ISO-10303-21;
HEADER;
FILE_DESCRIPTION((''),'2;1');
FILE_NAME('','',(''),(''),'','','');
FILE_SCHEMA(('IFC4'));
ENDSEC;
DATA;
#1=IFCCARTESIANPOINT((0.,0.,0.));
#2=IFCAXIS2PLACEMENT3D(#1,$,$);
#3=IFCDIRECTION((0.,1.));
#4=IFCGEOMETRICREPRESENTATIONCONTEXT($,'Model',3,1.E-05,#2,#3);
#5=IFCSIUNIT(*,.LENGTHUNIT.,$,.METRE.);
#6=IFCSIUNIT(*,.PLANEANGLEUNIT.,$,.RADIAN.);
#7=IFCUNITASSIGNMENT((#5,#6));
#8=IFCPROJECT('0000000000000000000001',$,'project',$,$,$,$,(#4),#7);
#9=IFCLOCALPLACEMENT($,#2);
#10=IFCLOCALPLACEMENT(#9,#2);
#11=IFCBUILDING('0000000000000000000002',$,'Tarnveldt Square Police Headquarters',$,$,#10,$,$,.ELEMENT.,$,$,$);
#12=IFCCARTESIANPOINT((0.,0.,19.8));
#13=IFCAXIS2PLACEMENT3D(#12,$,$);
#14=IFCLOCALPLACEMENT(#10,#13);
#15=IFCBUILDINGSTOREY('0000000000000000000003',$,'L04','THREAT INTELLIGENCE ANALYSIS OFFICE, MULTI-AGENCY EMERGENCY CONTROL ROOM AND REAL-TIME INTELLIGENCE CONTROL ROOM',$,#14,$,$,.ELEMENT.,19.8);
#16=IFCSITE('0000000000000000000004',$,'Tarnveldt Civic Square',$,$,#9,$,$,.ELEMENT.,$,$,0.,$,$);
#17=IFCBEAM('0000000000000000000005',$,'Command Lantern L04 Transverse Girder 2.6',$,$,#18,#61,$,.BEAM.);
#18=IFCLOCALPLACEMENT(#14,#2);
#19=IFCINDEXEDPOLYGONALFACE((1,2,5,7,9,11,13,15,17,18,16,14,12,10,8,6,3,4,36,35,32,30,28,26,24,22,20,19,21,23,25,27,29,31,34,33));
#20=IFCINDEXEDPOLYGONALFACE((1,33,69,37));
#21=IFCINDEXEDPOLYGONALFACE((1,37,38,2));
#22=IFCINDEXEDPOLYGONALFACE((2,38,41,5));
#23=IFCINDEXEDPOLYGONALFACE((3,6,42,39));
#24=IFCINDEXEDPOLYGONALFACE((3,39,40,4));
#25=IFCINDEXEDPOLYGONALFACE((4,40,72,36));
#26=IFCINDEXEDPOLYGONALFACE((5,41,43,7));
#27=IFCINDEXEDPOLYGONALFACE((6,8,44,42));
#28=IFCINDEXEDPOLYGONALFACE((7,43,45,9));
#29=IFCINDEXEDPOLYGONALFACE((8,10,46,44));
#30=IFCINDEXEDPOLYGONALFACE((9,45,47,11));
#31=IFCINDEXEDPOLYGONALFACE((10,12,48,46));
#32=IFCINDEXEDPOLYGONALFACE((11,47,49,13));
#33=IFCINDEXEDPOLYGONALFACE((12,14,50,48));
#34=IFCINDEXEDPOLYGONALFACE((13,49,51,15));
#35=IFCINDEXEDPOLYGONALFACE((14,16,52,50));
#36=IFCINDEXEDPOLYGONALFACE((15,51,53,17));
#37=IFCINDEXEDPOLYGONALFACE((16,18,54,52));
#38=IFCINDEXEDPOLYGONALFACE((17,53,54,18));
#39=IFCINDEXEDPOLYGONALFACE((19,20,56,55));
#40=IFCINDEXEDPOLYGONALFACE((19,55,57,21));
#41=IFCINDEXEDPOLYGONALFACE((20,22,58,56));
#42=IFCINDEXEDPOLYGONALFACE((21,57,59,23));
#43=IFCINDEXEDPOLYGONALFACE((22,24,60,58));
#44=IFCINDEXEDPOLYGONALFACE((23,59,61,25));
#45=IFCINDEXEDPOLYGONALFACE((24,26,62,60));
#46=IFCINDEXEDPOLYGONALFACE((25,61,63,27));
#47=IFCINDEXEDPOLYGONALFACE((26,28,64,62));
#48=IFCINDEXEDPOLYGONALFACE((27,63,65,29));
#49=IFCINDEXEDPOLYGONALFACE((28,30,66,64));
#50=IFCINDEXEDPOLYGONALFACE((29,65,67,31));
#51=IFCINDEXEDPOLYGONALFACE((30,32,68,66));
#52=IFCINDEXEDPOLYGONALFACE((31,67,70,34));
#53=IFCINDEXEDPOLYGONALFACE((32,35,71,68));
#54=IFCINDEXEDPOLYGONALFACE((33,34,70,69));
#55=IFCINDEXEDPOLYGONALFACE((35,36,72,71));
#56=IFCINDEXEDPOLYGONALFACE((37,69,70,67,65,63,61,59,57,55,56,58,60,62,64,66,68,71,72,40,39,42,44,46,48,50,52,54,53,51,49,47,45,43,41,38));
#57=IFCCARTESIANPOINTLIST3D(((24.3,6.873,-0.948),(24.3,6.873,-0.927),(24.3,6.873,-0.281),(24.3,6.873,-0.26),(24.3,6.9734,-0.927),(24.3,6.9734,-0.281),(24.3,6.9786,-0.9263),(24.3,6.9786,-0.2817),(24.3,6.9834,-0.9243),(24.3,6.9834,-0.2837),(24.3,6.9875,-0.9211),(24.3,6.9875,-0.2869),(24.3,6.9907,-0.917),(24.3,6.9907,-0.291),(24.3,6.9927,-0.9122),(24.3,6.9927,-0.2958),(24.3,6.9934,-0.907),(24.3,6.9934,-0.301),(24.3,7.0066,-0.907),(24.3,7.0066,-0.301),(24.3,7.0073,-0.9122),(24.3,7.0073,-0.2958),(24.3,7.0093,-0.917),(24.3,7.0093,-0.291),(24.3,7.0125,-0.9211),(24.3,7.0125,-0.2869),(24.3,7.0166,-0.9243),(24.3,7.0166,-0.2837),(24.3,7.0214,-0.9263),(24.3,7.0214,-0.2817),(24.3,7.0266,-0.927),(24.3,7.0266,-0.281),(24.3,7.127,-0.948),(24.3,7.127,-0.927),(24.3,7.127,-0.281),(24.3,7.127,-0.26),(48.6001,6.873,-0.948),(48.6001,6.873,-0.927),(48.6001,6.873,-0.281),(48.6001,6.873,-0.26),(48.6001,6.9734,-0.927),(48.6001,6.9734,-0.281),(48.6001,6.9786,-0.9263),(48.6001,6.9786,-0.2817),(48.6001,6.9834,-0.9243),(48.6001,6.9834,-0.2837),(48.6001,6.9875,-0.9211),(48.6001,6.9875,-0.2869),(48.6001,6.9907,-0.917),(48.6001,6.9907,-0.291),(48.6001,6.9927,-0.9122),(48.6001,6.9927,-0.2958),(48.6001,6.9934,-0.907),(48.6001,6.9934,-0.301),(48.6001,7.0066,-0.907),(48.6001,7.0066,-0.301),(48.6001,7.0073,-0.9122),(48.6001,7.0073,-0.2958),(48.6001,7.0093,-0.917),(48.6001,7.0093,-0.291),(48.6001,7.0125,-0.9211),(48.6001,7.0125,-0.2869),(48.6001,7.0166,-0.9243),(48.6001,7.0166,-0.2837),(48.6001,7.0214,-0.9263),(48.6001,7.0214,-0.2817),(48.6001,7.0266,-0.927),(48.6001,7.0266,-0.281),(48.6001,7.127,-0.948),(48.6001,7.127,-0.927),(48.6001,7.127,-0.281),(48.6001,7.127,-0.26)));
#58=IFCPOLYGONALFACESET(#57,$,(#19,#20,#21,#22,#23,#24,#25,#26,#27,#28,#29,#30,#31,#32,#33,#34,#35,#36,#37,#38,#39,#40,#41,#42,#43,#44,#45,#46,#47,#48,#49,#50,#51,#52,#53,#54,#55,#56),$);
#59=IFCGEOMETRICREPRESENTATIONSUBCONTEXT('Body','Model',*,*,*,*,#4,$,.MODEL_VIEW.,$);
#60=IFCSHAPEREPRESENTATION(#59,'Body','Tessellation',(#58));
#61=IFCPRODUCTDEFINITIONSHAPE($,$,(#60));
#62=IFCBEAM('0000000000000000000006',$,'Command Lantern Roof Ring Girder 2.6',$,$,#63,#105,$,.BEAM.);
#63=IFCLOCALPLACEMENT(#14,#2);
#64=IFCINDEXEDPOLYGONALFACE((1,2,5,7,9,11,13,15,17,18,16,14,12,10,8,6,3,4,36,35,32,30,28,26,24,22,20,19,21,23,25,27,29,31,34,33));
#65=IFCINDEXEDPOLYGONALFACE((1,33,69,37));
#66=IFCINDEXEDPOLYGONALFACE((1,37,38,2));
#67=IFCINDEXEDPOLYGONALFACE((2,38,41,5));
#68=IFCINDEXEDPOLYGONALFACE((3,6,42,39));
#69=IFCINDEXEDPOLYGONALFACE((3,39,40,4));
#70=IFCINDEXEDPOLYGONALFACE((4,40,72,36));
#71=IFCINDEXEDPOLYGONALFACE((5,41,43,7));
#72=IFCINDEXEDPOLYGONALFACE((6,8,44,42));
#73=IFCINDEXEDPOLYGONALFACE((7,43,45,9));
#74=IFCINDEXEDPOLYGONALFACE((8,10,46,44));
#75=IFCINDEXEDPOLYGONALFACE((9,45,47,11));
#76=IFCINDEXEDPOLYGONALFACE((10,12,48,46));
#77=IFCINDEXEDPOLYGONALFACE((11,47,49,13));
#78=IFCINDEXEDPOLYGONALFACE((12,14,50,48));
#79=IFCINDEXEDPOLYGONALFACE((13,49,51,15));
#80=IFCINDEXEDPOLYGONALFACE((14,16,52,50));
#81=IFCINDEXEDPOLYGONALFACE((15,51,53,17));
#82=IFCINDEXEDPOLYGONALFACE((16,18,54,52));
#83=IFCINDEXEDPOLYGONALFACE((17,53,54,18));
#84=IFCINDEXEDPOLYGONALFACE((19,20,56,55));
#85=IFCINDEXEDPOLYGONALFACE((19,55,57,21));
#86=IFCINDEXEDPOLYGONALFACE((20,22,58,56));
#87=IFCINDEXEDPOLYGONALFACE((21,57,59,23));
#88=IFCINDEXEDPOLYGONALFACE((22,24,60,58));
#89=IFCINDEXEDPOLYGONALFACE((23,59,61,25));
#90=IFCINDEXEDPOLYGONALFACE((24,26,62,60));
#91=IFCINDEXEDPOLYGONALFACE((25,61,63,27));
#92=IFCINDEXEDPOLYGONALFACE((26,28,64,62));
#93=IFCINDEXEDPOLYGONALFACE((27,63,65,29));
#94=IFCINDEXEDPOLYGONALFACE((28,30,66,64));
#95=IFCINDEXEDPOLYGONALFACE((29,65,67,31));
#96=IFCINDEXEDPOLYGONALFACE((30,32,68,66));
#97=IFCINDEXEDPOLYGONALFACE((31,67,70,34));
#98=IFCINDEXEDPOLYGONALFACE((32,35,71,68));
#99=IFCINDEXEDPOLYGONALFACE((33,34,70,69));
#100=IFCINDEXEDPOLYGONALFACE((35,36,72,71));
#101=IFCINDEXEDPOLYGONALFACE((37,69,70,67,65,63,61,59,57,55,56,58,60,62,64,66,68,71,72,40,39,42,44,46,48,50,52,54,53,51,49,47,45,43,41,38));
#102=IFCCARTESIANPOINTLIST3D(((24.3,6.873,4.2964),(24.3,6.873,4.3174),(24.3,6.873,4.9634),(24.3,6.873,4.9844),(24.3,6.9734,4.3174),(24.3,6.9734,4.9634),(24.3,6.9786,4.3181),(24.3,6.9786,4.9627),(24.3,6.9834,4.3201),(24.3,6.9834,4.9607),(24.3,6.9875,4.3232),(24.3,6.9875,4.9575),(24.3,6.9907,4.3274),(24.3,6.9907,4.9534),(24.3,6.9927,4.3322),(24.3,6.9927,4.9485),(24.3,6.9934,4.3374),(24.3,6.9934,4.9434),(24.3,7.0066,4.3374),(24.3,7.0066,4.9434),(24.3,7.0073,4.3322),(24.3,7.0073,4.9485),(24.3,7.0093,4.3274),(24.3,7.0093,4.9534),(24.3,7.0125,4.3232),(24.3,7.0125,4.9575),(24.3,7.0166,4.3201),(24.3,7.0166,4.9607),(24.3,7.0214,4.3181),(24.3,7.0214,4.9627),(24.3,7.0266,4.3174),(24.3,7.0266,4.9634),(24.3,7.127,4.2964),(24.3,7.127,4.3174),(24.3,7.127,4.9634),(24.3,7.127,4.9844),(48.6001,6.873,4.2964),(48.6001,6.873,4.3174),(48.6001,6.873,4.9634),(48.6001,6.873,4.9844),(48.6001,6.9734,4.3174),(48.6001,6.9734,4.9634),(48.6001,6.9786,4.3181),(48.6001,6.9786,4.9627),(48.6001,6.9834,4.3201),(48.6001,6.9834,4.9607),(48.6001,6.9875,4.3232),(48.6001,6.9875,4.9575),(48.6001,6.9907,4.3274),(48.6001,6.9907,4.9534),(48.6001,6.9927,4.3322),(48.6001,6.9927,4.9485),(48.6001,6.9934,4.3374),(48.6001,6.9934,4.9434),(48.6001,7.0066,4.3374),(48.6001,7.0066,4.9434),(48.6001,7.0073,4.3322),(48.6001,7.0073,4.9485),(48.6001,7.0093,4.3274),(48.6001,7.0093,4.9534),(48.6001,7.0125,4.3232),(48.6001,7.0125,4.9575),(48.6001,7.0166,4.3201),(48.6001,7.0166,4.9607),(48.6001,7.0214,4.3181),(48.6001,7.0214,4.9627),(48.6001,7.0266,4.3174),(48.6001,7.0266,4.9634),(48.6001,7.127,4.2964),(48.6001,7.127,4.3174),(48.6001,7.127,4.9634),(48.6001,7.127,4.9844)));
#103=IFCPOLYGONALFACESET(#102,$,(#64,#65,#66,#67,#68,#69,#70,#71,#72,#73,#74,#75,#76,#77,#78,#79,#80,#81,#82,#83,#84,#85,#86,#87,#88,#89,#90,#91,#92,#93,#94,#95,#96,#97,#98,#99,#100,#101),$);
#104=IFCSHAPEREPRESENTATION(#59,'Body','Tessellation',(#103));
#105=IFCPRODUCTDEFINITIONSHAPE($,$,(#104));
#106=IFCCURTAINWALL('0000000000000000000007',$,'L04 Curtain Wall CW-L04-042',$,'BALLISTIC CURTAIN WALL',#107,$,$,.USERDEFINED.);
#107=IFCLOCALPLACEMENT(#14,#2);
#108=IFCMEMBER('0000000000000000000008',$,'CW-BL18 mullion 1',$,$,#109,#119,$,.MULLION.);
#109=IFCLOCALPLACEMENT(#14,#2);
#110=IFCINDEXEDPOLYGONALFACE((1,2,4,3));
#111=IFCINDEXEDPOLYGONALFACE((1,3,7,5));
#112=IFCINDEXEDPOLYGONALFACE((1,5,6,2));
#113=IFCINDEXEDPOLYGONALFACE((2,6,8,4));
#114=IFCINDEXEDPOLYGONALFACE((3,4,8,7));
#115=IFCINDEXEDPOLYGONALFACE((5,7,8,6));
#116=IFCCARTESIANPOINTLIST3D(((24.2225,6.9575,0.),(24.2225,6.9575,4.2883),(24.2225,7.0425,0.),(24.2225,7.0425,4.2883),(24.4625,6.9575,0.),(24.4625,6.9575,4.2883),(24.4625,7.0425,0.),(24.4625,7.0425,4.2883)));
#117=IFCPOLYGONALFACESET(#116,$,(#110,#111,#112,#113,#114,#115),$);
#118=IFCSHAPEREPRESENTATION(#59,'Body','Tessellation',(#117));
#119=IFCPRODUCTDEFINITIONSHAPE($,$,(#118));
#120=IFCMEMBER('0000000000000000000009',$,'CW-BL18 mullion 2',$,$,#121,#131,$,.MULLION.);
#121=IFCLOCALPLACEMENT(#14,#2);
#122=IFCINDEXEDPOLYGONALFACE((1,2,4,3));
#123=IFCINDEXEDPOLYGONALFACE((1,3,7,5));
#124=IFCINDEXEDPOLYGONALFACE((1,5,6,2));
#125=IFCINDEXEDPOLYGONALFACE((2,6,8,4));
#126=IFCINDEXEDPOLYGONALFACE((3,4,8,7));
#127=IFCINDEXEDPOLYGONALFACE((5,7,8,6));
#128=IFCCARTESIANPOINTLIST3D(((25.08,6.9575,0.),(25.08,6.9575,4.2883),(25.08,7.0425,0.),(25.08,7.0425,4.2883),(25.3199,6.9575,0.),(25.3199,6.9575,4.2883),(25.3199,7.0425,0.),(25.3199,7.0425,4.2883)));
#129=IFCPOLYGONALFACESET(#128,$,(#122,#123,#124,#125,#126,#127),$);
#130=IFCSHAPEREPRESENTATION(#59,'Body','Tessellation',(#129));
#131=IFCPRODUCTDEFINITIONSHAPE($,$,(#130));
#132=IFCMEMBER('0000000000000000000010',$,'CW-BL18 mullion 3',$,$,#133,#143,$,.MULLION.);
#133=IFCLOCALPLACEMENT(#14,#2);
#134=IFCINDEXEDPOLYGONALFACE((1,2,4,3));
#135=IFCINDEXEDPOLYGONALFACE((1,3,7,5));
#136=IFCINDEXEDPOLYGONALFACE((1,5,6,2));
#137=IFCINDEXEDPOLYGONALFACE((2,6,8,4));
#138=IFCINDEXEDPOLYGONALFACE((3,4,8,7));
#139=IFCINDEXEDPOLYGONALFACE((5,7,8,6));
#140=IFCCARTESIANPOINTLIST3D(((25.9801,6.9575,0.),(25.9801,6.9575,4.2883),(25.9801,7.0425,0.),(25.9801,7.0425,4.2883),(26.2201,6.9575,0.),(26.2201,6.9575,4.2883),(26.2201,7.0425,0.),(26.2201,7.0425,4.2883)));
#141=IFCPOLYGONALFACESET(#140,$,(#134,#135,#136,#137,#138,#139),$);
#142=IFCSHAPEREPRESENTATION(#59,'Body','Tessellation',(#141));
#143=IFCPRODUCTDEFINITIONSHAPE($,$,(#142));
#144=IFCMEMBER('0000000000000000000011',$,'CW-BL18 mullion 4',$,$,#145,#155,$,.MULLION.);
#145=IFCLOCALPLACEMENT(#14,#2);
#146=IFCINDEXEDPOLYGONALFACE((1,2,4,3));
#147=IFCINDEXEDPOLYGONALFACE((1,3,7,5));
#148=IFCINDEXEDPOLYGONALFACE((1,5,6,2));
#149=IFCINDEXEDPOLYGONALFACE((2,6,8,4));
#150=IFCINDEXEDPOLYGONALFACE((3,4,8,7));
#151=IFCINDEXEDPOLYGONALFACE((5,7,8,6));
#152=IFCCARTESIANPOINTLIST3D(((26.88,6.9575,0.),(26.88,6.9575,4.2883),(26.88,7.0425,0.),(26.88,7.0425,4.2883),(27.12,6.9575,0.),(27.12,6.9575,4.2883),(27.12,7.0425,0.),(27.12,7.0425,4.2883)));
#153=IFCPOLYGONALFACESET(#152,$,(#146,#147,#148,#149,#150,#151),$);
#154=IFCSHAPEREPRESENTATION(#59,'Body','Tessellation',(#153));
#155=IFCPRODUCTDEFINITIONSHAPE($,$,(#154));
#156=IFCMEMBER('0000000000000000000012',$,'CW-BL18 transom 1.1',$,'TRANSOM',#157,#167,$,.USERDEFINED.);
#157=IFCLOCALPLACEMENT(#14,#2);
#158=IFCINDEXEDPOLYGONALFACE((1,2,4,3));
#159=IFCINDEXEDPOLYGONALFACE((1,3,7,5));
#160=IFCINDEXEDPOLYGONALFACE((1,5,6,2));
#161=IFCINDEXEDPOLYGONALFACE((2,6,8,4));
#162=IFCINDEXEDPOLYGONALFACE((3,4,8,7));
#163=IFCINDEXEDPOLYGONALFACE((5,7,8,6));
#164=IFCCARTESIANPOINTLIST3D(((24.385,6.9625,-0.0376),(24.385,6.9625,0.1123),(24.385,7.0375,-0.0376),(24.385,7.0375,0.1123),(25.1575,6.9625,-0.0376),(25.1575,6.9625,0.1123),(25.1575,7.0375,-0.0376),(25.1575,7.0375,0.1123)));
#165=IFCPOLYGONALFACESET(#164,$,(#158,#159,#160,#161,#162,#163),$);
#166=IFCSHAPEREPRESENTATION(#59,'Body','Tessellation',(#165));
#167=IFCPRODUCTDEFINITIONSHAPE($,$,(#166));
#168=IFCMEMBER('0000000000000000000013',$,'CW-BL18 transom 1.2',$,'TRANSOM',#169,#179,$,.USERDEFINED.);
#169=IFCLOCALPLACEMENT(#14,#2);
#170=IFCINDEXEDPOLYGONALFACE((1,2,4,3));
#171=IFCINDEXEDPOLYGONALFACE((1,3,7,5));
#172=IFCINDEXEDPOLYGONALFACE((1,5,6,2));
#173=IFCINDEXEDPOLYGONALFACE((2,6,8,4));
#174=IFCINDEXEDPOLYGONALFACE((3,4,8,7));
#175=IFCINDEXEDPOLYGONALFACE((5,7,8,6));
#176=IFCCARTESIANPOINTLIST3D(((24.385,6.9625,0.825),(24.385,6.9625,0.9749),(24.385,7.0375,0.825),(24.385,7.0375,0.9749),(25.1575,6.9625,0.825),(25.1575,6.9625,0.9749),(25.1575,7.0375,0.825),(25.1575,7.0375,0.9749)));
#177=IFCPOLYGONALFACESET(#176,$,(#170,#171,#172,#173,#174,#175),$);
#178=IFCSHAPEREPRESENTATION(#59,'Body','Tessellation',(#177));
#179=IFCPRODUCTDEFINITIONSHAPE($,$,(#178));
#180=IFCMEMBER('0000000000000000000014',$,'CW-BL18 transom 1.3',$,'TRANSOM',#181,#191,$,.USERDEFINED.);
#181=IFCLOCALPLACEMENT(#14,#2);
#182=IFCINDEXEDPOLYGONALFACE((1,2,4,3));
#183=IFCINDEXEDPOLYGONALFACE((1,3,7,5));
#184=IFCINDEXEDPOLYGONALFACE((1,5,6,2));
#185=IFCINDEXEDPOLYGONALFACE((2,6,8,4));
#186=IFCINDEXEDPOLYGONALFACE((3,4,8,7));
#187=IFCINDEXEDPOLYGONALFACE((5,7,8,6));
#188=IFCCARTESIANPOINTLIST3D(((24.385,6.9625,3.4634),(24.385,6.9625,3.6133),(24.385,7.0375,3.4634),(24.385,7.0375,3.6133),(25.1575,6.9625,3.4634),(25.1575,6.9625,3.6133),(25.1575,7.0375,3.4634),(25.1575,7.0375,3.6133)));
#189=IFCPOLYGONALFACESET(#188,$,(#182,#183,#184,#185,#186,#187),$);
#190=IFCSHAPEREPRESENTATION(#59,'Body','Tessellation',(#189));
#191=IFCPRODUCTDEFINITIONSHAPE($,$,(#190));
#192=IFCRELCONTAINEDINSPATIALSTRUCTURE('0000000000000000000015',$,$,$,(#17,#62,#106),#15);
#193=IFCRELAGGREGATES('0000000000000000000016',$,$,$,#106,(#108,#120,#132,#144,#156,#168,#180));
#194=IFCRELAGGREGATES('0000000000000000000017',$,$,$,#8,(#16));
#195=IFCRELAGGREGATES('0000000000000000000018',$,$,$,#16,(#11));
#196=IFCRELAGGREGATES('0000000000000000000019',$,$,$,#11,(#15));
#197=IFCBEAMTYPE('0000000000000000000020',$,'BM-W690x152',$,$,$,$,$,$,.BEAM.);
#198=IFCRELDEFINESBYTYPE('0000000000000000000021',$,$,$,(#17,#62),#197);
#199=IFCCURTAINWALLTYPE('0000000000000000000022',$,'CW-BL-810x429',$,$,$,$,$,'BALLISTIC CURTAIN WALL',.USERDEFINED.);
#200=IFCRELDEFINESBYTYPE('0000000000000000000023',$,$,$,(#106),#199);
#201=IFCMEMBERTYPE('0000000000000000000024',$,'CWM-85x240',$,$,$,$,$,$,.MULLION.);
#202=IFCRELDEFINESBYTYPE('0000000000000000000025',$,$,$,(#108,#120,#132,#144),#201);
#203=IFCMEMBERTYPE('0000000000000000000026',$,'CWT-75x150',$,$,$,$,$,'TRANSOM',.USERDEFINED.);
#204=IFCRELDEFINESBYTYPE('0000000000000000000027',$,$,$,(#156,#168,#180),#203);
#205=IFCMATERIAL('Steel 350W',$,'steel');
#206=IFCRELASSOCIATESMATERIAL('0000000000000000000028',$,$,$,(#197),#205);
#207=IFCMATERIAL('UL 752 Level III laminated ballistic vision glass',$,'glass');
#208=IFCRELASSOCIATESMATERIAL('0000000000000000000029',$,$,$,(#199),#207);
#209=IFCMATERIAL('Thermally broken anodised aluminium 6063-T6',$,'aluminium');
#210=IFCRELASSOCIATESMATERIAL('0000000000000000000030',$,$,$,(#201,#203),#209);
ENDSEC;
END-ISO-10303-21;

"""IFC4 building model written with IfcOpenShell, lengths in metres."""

from ifc_helpers import new_model, si_unit, direction, frame, origin, origin_2d, place, context, subcontext, project, spatial, rectangle, i_section, extrude, material, material_profile, profile_set, type_object, element, aggregate, save


model = new_model("IFC4")

# Units and contexts
model_context = context("Model", 3, precision=1e-05, world=origin(), true_north=direction((0.0, 1.0)))
body_context = subcontext(model_context, "Body", "Model", "MODEL_VIEW")
ifc_project = project(units=[si_unit("LENGTHUNIT", "METRE"), si_unit("PLANEANGLEUNIT", "RADIAN")], contexts=[model_context])

# Site, building, storey
site_placement = place(None, origin())
site = spatial("IfcSite", under=ifc_project, at=site_placement, Name="Tarnveldt Civic Square", CompositionType="ELEMENT", RefElevation=0.0)
building_placement = place(site_placement, origin())
building = spatial("IfcBuilding", under=site, at=building_placement, Name="Tarnveldt Square Police Headquarters", CompositionType="ELEMENT")
storey_placement = place(building_placement, frame((0.0, 0.0, 19.8)))
storey = spatial("IfcBuildingStorey", under=building, at=storey_placement, Name="L04", Description="THREAT INTELLIGENCE ANALYSIS OFFICE, MULTI-AGENCY EMERGENCY CONTROL ROOM AND REAL-TIME INTELLIGENCE CONTROL ROOM", CompositionType="ELEMENT", Elevation=19.8)

# Beams
ifc_material_1 = material(Name="Steel 350W", Category="steel")
ifc_material_profile_1 = material_profile(ifc_material_1, i_section(OverallWidth=0.2539, OverallDepth=0.688, WebThickness=0.0132, FlangeThickness=0.021, FilletRadius=0.02, at=origin_2d()), Name="W690x152")
ifc_profile_set_1 = profile_set([ifc_material_profile_1], Name="Steel 350W")
beam_type = type_object("IfcBeamType", Name="BM-W690x152", PredefinedType="BEAM", material=ifc_profile_set_1)
for number, where, z_axis, x_axis, name in (
    (1, (24.3, 7.0, -0.604), (1.0, 0.0, 0.0), (0.0, 1.0, 0.0), "Command Lantern L04 Transverse Girder 2.6"),
    (2, (24.3, 7.0, 4.6404), (1.0, 0.0, 0.0), (0.0, 1.0, 0.0), "Command Lantern Roof Ring Girder 2.6"),
):
    element("IfcBeam", number, at=place(storey_placement, frame(where, z_axis=z_axis, x_axis=x_axis)), inside=storey, type_object=beam_type, Name=name, PredefinedType="BEAM", context=body_context, shape_type="SweptSolid", body=[
        extrude(i_section(OverallWidth=0.2539, OverallDepth=0.688, WebThickness=0.0132, FlangeThickness=0.021, FilletRadius=0.02, at=origin_2d()), origin(), (0.0, 0.0, 1.0), 24.3),
    ])

# Curtain wall, members
ifc_material_2 = material(Name="UL 752 Level III laminated ballistic vision glass", Category="glass")
curtain_wall_type = type_object("IfcCurtainWallType", Name="CW-BL-810x429", ElementType="BALLISTIC CURTAIN WALL", PredefinedType="USERDEFINED", material=ifc_material_2)
curtain_wall_placement = place(storey_placement, origin())
curtain_wall = element("IfcCurtainWall", 3, at=curtain_wall_placement, inside=storey, type_object=curtain_wall_type, Name="L04 Curtain Wall CW-L04-042", ObjectType="BALLISTIC CURTAIN WALL", PredefinedType="USERDEFINED")
ifc_material_3 = material(Name="Thermally broken anodised aluminium 6063-T6", Category="aluminium")
ifc_material_profile_2 = material_profile(ifc_material_3, rectangle(XDim=0.085, YDim=0.24, at=origin_2d()), Name="CW-M85x240")
ifc_profile_set_2 = profile_set([ifc_material_profile_2], Name="Thermally broken anodised aluminium 6063-T6")
member_type_1 = type_object("IfcMemberType", Name="CWM-85x240", PredefinedType="MULLION", material=ifc_profile_set_2)
member_1_placement = place(storey_placement, frame((24.3425, 7.0, 0.0), z_axis=(0.0, 0.0, 1.0), x_axis=(0.0, 1.0, 0.0)))
member_1 = element("IfcMember", 4, at=member_1_placement, type_object=member_type_1, Name="CW-BL18 mullion 1", PredefinedType="MULLION", context=body_context, shape_type="SweptSolid", body=[
    extrude(rectangle(XDim=0.085, YDim=0.24, at=origin_2d()), origin(), (0.0, 0.0, 1.0), 4.2883),
])
member_2_placement = place(storey_placement, frame((25.2, 7.0, 0.0), z_axis=(0.0, 0.0, 1.0), x_axis=(0.0, 1.0, 0.0)))
member_2 = element("IfcMember", 5, at=member_2_placement, type_object=member_type_1, Name="CW-BL18 mullion 2", PredefinedType="MULLION", context=body_context, shape_type="SweptSolid", body=[
    extrude(rectangle(XDim=0.085, YDim=0.24, at=origin_2d()), origin(), (0.0, 0.0, 1.0), 4.2883),
])
member_3_placement = place(storey_placement, frame((26.1001, 7.0, 0.0), z_axis=(0.0, 0.0, 1.0), x_axis=(0.0, 1.0, 0.0)))
member_3 = element("IfcMember", 6, at=member_3_placement, type_object=member_type_1, Name="CW-BL18 mullion 3", PredefinedType="MULLION", context=body_context, shape_type="SweptSolid", body=[
    extrude(rectangle(XDim=0.085, YDim=0.24, at=origin_2d()), origin(), (0.0, 0.0, 1.0), 4.2883),
])
member_4_placement = place(storey_placement, frame((27.0, 7.0, 0.0), z_axis=(0.0, 0.0, 1.0), x_axis=(0.0, 1.0, 0.0)))
member_4 = element("IfcMember", 7, at=member_4_placement, type_object=member_type_1, Name="CW-BL18 mullion 4", PredefinedType="MULLION", context=body_context, shape_type="SweptSolid", body=[
    extrude(rectangle(XDim=0.085, YDim=0.24, at=origin_2d()), origin(), (0.0, 0.0, 1.0), 4.2883),
])
ifc_material_profile_3 = material_profile(ifc_material_3, rectangle(XDim=0.075, YDim=0.1499, at=origin_2d()), Name="CW-T75x150")
ifc_profile_set_3 = profile_set([ifc_material_profile_3], Name="Thermally broken anodised aluminium 6063-T6")
member_type_2 = type_object("IfcMemberType", Name="CWT-75x150", ElementType="TRANSOM", PredefinedType="USERDEFINED", material=ifc_profile_set_3)
member_5_placement = place(storey_placement, frame((24.385, 7.0, 0.0374), z_axis=(1.0, 0.0, 0.0), x_axis=(0.0, 1.0, 0.0)))
member_5 = element("IfcMember", 8, at=member_5_placement, type_object=member_type_2, Name="CW-BL18 transom 1.1", ObjectType="TRANSOM", PredefinedType="USERDEFINED", context=body_context, shape_type="SweptSolid", body=[
    extrude(rectangle(XDim=0.075, YDim=0.1499, at=origin_2d()), origin(), (0.0, 0.0, 1.0), 0.7725),
])
member_6_placement = place(storey_placement, frame((24.385, 7.0, 0.8999), z_axis=(1.0, 0.0, 0.0), x_axis=(0.0, 1.0, 0.0)))
member_6 = element("IfcMember", 9, at=member_6_placement, type_object=member_type_2, Name="CW-BL18 transom 1.2", ObjectType="TRANSOM", PredefinedType="USERDEFINED", context=body_context, shape_type="SweptSolid", body=[
    extrude(rectangle(XDim=0.075, YDim=0.1499, at=origin_2d()), origin(), (0.0, 0.0, 1.0), 0.7725),
])
member_7_placement = place(storey_placement, frame((24.385, 7.0, 3.5383), z_axis=(1.0, 0.0, 0.0), x_axis=(0.0, 1.0, 0.0)))
member_7 = element("IfcMember", 10, at=member_7_placement, type_object=member_type_2, Name="CW-BL18 transom 1.3", ObjectType="TRANSOM", PredefinedType="USERDEFINED", context=body_context, shape_type="SweptSolid", body=[
    extrude(rectangle(XDim=0.075, YDim=0.1499, at=origin_2d()), origin(), (0.0, 0.0, 1.0), 0.7725),
])

aggregate(curtain_wall, [member_1, member_2, member_3, member_4, member_5, member_6, member_7])

save(model, "model.ifc")
